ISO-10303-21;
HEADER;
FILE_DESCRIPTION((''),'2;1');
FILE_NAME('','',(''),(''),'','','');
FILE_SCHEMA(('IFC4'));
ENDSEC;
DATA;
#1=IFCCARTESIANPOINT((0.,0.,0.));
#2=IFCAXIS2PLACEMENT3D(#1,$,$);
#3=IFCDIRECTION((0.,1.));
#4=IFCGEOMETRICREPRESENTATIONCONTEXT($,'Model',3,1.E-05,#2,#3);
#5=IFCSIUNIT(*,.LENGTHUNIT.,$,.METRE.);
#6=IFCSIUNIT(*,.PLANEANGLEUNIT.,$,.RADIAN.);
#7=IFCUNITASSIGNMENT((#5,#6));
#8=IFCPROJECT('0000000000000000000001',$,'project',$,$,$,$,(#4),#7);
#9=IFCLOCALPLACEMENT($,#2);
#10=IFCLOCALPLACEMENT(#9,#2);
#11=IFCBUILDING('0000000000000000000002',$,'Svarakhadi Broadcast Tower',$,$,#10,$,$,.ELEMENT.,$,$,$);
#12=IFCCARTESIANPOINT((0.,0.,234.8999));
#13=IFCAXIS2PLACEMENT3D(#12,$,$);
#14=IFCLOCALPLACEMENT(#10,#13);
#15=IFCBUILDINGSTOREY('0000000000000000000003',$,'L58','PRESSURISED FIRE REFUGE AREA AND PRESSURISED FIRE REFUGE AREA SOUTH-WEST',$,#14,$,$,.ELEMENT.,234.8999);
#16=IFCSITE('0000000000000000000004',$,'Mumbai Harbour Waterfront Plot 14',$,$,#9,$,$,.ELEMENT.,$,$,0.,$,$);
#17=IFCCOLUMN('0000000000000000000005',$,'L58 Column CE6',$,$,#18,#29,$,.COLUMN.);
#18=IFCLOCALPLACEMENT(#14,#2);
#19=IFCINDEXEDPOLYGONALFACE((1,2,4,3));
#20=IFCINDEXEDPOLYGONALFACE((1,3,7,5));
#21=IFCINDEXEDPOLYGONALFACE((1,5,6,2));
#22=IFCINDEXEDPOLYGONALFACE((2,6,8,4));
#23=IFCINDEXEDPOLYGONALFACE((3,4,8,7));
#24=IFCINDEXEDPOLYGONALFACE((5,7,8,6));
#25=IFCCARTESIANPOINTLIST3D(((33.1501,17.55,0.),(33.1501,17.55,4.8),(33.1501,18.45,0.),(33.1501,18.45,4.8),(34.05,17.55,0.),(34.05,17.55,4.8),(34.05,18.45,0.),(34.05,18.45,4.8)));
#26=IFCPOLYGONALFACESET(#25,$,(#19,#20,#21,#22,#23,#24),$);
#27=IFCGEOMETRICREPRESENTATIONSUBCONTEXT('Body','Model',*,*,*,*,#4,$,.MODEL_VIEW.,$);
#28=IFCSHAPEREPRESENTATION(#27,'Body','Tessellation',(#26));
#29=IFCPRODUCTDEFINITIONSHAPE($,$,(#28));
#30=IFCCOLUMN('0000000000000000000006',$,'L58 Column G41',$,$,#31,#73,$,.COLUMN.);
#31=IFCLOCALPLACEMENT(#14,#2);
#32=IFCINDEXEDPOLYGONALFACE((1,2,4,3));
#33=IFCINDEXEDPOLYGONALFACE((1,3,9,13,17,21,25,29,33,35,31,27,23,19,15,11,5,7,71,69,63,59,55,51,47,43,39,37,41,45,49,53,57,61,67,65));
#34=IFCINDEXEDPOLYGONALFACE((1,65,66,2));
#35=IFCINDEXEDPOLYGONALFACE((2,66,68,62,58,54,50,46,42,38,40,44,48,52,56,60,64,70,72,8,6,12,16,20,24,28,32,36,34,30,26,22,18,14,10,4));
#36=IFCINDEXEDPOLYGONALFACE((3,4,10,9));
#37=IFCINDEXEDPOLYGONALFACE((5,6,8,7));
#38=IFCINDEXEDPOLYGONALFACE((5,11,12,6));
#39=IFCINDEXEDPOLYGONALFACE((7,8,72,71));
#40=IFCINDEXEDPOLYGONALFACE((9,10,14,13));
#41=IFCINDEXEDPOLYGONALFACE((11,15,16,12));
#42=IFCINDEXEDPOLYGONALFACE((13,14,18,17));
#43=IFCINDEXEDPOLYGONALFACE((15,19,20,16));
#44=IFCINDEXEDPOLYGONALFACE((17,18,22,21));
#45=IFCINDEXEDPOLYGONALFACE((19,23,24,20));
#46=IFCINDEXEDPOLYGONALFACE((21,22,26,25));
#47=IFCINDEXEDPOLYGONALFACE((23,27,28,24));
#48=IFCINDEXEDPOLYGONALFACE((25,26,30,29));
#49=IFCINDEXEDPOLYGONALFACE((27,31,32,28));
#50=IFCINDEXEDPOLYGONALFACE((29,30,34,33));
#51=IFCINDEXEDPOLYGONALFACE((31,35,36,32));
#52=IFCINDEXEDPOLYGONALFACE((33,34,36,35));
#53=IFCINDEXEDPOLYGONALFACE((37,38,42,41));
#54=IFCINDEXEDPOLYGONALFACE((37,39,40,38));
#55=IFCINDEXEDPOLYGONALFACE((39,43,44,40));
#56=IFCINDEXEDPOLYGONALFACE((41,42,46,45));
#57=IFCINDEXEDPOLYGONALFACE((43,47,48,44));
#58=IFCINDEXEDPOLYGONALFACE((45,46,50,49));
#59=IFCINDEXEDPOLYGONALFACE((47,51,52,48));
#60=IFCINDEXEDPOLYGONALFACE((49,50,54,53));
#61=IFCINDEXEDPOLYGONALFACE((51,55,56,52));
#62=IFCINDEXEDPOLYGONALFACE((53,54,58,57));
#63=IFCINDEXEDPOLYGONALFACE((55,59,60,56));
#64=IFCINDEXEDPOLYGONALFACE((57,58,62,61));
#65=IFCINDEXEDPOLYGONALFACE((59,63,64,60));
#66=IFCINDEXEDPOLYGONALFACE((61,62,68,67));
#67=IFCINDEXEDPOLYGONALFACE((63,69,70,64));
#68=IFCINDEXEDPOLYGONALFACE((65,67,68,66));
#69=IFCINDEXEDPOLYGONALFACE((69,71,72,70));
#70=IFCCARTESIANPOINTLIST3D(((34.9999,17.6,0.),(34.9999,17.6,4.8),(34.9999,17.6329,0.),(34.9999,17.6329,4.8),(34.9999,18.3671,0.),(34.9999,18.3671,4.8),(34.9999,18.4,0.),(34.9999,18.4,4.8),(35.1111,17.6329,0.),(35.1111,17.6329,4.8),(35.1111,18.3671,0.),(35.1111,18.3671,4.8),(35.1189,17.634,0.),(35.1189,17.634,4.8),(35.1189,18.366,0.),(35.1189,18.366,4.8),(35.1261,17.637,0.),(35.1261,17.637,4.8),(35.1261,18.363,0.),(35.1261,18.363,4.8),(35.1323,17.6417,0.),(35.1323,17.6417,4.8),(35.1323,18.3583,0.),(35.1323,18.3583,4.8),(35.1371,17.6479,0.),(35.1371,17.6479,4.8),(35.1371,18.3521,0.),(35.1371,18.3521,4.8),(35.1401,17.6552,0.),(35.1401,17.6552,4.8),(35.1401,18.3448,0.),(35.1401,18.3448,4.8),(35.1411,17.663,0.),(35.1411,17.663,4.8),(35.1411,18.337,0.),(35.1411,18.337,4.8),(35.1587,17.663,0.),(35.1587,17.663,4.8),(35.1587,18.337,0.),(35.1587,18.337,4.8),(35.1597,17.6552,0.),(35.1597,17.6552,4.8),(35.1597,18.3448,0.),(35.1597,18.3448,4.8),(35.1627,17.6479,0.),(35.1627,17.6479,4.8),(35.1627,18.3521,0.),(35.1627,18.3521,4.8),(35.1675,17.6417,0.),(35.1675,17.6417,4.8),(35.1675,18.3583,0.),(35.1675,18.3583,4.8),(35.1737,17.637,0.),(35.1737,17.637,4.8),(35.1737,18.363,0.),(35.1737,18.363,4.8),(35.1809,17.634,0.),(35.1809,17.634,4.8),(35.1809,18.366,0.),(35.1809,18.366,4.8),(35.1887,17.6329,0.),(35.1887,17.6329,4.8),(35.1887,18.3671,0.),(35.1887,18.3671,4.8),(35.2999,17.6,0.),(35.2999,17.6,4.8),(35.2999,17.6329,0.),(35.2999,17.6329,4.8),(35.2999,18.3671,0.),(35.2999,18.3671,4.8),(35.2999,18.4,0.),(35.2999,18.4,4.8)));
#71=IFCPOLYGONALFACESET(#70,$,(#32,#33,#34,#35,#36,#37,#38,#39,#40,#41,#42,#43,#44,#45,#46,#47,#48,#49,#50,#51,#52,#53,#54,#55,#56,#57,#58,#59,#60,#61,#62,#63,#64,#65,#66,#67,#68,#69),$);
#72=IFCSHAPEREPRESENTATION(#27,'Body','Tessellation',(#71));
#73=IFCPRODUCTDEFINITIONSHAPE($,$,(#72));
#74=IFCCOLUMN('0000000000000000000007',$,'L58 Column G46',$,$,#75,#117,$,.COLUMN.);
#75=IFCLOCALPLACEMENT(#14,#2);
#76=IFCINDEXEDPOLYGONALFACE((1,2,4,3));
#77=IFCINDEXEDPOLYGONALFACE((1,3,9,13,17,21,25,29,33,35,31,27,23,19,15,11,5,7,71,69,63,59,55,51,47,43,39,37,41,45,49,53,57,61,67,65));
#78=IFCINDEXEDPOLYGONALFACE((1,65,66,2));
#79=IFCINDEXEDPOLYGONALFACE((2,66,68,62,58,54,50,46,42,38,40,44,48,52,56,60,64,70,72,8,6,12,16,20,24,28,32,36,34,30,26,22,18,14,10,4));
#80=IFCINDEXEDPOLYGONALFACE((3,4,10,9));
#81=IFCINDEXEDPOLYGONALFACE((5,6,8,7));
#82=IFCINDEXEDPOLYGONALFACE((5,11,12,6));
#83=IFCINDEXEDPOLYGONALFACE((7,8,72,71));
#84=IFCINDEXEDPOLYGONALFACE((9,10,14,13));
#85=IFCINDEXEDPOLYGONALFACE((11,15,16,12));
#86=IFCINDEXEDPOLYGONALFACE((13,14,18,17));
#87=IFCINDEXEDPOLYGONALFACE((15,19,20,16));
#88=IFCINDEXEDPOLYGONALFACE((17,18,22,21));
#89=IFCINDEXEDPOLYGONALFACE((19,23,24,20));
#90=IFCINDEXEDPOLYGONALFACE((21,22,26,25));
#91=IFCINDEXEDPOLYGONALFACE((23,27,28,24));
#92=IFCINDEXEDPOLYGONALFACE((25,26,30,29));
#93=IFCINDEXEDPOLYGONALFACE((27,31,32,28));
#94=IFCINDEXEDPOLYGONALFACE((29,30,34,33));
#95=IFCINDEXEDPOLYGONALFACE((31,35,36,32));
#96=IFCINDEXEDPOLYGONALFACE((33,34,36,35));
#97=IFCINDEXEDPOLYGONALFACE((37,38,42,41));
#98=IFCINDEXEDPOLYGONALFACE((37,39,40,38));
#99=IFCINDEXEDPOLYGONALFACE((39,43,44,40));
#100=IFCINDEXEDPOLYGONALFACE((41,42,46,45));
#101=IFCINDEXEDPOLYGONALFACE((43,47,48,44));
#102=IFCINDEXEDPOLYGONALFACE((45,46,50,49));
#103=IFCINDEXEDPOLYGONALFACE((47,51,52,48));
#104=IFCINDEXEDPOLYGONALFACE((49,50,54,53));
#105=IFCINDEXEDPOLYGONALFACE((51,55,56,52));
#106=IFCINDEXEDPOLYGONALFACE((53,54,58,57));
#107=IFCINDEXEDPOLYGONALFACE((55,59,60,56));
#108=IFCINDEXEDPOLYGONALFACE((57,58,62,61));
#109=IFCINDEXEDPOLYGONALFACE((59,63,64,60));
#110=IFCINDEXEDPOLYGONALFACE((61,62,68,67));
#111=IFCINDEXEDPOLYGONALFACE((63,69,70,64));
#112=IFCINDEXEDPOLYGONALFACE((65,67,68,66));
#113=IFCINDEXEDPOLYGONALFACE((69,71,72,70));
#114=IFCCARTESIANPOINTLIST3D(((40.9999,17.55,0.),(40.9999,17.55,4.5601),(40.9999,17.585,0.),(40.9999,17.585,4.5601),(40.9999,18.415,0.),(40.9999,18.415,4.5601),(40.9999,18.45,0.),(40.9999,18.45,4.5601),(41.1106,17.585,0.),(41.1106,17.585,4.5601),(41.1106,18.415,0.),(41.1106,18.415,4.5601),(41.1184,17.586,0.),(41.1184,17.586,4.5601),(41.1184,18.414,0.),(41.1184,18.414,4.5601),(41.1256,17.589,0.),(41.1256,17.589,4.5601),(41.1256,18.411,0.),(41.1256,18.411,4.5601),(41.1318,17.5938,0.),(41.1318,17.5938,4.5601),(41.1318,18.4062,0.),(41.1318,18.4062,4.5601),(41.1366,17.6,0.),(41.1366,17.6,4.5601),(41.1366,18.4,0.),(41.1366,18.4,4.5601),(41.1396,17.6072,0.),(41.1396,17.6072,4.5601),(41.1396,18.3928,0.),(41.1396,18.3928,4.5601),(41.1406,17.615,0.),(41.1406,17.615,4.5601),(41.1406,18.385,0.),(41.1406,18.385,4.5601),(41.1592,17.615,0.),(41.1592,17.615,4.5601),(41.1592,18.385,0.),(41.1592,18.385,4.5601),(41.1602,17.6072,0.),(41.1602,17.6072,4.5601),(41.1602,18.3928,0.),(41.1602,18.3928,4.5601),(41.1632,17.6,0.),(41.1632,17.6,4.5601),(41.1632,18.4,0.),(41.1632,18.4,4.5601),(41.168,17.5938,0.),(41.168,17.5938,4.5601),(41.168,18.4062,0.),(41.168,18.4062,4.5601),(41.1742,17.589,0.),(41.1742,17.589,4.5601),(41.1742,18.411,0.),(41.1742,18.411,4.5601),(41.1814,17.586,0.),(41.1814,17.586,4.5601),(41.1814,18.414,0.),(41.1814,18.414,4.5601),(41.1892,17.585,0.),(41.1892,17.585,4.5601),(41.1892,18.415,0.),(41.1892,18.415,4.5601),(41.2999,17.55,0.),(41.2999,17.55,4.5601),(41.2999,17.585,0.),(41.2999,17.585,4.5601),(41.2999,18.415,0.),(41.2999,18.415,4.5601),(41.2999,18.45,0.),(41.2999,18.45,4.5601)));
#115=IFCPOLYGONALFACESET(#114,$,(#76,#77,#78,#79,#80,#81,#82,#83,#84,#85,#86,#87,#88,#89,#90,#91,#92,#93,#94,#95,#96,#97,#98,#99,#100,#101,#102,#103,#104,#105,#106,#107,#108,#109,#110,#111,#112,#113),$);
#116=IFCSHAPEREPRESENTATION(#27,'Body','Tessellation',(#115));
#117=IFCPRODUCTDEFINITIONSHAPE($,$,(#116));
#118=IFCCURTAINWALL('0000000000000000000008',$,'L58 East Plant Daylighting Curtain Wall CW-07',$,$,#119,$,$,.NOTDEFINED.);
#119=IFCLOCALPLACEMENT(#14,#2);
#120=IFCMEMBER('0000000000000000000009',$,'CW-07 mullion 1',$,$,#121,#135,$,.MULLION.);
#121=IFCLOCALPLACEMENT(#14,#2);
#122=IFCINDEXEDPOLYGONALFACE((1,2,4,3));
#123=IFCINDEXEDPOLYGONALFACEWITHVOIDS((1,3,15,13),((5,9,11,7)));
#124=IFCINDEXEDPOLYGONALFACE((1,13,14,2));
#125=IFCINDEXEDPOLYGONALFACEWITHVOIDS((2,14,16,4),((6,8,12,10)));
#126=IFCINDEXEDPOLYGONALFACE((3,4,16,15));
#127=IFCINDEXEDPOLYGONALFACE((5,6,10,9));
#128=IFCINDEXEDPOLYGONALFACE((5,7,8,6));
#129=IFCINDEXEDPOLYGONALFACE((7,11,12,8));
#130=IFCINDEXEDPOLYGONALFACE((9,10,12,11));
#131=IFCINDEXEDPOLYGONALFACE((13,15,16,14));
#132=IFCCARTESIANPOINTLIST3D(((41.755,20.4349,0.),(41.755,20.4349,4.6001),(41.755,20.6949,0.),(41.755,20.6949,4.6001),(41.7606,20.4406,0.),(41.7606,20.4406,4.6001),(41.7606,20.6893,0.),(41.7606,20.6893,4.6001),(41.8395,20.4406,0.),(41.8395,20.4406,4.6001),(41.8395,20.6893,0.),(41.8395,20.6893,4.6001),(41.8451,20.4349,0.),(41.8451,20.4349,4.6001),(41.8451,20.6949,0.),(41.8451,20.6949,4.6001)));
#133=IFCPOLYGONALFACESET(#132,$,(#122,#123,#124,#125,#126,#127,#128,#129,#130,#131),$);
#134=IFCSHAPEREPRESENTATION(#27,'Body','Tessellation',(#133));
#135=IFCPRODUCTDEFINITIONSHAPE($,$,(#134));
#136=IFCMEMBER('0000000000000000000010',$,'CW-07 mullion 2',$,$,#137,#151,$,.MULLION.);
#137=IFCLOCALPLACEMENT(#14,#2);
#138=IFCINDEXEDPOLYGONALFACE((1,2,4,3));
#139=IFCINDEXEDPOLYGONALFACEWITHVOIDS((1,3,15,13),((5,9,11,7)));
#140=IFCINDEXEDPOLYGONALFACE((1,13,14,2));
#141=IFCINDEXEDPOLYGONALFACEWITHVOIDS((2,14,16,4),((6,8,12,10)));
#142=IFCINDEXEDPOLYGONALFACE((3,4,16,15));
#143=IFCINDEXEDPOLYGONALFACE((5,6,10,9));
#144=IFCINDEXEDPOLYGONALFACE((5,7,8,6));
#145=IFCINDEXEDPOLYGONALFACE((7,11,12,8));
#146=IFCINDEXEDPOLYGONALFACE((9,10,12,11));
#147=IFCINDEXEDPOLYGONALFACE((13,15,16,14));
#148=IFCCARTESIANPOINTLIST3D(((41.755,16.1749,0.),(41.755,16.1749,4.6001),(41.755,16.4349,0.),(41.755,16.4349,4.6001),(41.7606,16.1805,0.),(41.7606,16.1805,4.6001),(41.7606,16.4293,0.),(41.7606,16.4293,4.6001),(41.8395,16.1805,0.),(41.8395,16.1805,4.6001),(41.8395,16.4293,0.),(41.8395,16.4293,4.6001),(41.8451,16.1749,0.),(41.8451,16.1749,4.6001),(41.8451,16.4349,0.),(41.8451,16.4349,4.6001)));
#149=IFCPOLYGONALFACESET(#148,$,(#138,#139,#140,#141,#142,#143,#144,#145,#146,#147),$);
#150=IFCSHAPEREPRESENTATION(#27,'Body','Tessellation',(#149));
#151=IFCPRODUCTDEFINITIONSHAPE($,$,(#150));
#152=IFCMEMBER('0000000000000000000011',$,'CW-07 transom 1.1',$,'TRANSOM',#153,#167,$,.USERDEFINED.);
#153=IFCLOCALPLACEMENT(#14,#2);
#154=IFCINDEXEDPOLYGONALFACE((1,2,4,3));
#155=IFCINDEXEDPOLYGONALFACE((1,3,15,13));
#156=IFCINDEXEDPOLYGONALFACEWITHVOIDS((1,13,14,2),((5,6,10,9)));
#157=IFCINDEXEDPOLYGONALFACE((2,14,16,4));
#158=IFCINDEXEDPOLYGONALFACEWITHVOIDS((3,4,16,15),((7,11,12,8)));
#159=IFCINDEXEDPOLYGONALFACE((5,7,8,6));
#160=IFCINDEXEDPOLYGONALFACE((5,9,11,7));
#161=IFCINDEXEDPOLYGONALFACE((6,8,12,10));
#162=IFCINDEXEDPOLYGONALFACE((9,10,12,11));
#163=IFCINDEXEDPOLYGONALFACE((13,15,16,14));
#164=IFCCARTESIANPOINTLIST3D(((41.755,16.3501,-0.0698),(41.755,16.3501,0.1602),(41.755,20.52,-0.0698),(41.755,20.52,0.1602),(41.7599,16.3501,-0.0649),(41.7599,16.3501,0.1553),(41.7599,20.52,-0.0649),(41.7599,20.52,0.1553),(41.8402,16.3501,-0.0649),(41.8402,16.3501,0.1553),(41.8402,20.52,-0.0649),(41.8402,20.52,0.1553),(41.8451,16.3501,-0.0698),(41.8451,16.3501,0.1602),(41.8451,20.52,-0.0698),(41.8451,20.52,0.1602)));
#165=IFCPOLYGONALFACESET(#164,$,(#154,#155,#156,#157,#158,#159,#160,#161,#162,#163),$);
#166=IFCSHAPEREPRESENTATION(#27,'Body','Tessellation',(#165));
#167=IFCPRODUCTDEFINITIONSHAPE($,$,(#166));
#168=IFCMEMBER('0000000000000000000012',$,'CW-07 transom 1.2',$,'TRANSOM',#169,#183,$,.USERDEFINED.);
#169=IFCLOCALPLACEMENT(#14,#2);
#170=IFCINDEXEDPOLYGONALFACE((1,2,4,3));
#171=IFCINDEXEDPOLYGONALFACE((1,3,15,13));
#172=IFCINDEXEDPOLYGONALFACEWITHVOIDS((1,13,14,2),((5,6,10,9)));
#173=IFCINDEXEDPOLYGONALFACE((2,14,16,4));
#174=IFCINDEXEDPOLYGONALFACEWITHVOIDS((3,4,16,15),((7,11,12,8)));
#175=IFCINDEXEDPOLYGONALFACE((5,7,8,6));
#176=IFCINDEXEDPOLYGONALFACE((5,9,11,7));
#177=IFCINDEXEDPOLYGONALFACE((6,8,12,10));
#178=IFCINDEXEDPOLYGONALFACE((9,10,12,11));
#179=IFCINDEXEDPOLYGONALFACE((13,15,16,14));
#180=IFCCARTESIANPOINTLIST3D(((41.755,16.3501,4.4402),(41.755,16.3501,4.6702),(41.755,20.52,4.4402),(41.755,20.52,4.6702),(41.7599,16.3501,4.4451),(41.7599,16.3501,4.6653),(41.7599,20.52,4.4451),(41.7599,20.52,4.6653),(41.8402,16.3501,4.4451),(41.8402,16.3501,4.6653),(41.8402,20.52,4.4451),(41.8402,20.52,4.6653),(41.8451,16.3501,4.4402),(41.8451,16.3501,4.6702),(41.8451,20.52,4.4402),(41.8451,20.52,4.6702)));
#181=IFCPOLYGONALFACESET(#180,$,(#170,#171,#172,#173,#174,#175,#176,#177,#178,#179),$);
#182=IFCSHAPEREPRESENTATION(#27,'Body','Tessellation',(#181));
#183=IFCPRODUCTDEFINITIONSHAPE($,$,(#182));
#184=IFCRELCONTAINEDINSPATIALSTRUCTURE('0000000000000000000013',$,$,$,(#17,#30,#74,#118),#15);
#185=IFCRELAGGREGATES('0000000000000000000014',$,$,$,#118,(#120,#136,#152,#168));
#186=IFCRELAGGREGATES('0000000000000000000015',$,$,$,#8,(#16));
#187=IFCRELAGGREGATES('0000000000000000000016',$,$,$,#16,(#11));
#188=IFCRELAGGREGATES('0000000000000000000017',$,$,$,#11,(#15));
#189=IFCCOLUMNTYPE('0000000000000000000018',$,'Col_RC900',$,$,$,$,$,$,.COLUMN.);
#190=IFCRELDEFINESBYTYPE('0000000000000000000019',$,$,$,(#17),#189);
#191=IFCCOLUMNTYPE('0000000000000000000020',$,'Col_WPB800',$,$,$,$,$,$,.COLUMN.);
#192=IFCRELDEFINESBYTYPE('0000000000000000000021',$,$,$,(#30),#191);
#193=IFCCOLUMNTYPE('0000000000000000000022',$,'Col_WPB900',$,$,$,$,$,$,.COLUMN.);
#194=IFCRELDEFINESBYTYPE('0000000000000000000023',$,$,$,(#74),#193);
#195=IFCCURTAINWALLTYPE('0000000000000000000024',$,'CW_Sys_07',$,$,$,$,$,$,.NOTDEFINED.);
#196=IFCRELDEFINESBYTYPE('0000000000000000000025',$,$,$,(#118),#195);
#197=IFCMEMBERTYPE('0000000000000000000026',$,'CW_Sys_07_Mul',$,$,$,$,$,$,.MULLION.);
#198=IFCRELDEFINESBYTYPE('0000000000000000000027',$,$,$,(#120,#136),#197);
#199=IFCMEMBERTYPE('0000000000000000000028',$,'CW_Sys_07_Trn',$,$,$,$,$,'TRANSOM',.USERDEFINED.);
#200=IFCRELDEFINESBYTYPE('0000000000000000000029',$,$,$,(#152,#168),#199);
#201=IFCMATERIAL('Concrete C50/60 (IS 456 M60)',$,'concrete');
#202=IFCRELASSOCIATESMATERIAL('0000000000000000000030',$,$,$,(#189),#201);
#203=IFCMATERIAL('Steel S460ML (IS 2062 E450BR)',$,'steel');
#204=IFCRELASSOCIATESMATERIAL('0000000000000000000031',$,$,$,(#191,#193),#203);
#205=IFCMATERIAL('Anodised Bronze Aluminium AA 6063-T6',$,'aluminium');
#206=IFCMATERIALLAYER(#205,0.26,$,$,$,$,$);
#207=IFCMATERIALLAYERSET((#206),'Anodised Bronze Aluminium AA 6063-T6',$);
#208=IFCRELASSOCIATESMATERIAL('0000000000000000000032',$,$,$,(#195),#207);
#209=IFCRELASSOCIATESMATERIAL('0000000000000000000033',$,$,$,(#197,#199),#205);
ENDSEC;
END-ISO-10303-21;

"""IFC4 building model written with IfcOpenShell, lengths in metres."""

from ifc_helpers import new_model, si_unit, direction, frame, origin, origin_2d, place, context, subcontext, project, spatial, rectangle, hollow_rectangle, i_section, extrude, material, layer, layer_set, material_profile, profile_set, type_object, element, aggregate, save


model = new_model("IFC4")

# Units and contexts
model_context = context("Model", 3, precision=1e-05, world=origin(), true_north=direction((0.0, 1.0)))
body_context = subcontext(model_context, "Body", "Model", "MODEL_VIEW")
ifc_project = project(units=[si_unit("LENGTHUNIT", "METRE"), si_unit("PLANEANGLEUNIT", "RADIAN")], contexts=[model_context])

# Site, building, storey
site_placement = place(None, origin())
site = spatial("IfcSite", under=ifc_project, at=site_placement, Name="Mumbai Harbour Waterfront Plot 14", CompositionType="ELEMENT", RefElevation=0.0)
building_placement = place(site_placement, origin())
building = spatial("IfcBuilding", under=site, at=building_placement, Name="Svarakhadi Broadcast Tower", CompositionType="ELEMENT")
storey_placement = place(building_placement, frame((0.0, 0.0, 234.8999)))
storey = spatial("IfcBuildingStorey", under=building, at=storey_placement, Name="L58", Description="PRESSURISED FIRE REFUGE AREA AND PRESSURISED FIRE REFUGE AREA SOUTH-WEST", CompositionType="ELEMENT", Elevation=234.8999)

# Columns
ifc_material_1 = material(Name="Concrete C50/60 (IS 456 M60)", Category="concrete")
ifc_material_profile_1 = material_profile(ifc_material_1, rectangle(XDim=0.8999, YDim=0.8999, at=origin_2d()), Name="RC 900x900")
ifc_profile_set_1 = profile_set([ifc_material_profile_1], Name="Concrete C50/60 (IS 456 M60)")
column_type_1 = type_object("IfcColumnType", Name="Col_RC900", PredefinedType="COLUMN", material=ifc_profile_set_1)
column_1_placement = place(storey_placement, frame((33.6001, 18.0, 0.0), z_axis=(0.0, 0.0, 1.0), x_axis=(1.0, 0.0, 0.0)))
element("IfcColumn", 1, at=column_1_placement, inside=storey, type_object=column_type_1, Name="L58 Column CE6", PredefinedType="COLUMN", context=body_context, shape_type="SweptSolid", body=[
    extrude(rectangle(XDim=0.8999, YDim=0.8999, at=origin_2d()), origin(), (0.0, 0.0, 1.0), 4.8),
])
ifc_material_2 = material(Name="Steel S460ML (IS 2062 E450BR)", Category="steel")
ifc_material_profile_2 = material_profile(ifc_material_2, i_section(OverallWidth=0.3, OverallDepth=0.8, WebThickness=0.0176, FlangeThickness=0.033, FilletRadius=0.03, at=origin_2d()), Name="WPB 800x300x262")
ifc_profile_set_2 = profile_set([ifc_material_profile_2], Name="Steel S460ML (IS 2062 E450BR)")
column_type_2 = type_object("IfcColumnType", Name="Col_WPB800", PredefinedType="COLUMN", material=ifc_profile_set_2)
column_2_placement = place(storey_placement, frame((35.1499, 18.0, 0.0), z_axis=(0.0, 0.0, 1.0), x_axis=(1.0, 0.0, 0.0)))
element("IfcColumn", 2, at=column_2_placement, inside=storey, type_object=column_type_2, Name="L58 Column G41", PredefinedType="COLUMN", context=body_context, shape_type="SweptSolid", body=[
    extrude(i_section(OverallWidth=0.3, OverallDepth=0.8, WebThickness=0.0176, FlangeThickness=0.033, FilletRadius=0.03, at=origin_2d()), origin(), (0.0, 0.0, 1.0), 4.8),
])
ifc_material_profile_3 = material_profile(ifc_material_2, i_section(OverallWidth=0.3, OverallDepth=0.8999, WebThickness=0.0186, FlangeThickness=0.0349, FilletRadius=0.03, at=origin_2d()), Name="WPB 900x300x291")
ifc_profile_set_3 = profile_set([ifc_material_profile_3], Name="Steel S460ML (IS 2062 E450BR)")
column_type_3 = type_object("IfcColumnType", Name="Col_WPB900", PredefinedType="COLUMN", material=ifc_profile_set_3)
column_3_placement = place(storey_placement, frame((41.1499, 18.0, 0.0), z_axis=(0.0, 0.0, 1.0), x_axis=(1.0, 0.0, 0.0)))
element("IfcColumn", 3, at=column_3_placement, inside=storey, type_object=column_type_3, Name="L58 Column G46", PredefinedType="COLUMN", context=body_context, shape_type="SweptSolid", body=[
    extrude(i_section(OverallWidth=0.3, OverallDepth=0.8999, WebThickness=0.0186, FlangeThickness=0.0349, FilletRadius=0.03, at=origin_2d()), origin(), (0.0, 0.0, 1.0), 4.5601),
])

# Curtain wall, members
ifc_material_3 = material(Name="Anodised Bronze Aluminium AA 6063-T6", Category="aluminium")
ifc_layer_1 = layer(ifc_material_3, 0.26)
ifc_layer_set_1 = layer_set([ifc_layer_1], Name="Anodised Bronze Aluminium AA 6063-T6")
curtain_wall_type = type_object("IfcCurtainWallType", Name="CW_Sys_07", PredefinedType="NOTDEFINED", material=ifc_layer_set_1)
curtain_wall_placement = place(storey_placement, origin())
curtain_wall = element("IfcCurtainWall", 4, at=curtain_wall_placement, inside=storey, type_object=curtain_wall_type, Name="L58 East Plant Daylighting Curtain Wall CW-07", PredefinedType="NOTDEFINED")
ifc_material_profile_4 = material_profile(ifc_material_3, hollow_rectangle(XDim=0.0901, YDim=0.26, WallThickness=0.0056, at=origin_2d()), Name="ALU MULLION 260x90x6")
ifc_profile_set_4 = profile_set([ifc_material_profile_4], Name="Anodised Bronze Aluminium AA 6063-T6")
member_type_1 = type_object("IfcMemberType", Name="CW_Sys_07_Mul", PredefinedType="MULLION", material=ifc_profile_set_4)
member_1_placement = place(storey_placement, frame((41.8, 20.5649, 0.0), z_axis=(0.0, 0.0, 1.0), x_axis=(1.0, 0.0, 0.0)))
member_1 = element("IfcMember", 5, at=member_1_placement, type_object=member_type_1, Name="CW-07 mullion 1", PredefinedType="MULLION", context=body_context, shape_type="SweptSolid", body=[
    extrude(hollow_rectangle(XDim=0.0901, YDim=0.26, WallThickness=0.0056, at=origin_2d()), origin(), (0.0, 0.0, 1.0), 4.6001),
])
member_2_placement = place(storey_placement, frame((41.8, 16.3049, 0.0), z_axis=(0.0, 0.0, 1.0), x_axis=(1.0, 0.0, 0.0)))
member_2 = element("IfcMember", 6, at=member_2_placement, type_object=member_type_1, Name="CW-07 mullion 2", PredefinedType="MULLION", context=body_context, shape_type="SweptSolid", body=[
    extrude(hollow_rectangle(XDim=0.0901, YDim=0.26, WallThickness=0.0056, at=origin_2d()), origin(), (0.0, 0.0, 1.0), 4.6001),
])
ifc_material_profile_5 = material_profile(ifc_material_3, hollow_rectangle(XDim=0.0901, YDim=0.23, WallThickness=0.0049, at=origin_2d()), Name="ALU TRANSOM 230x90x5")
ifc_profile_set_5 = profile_set([ifc_material_profile_5], Name="Anodised Bronze Aluminium AA 6063-T6")
member_type_2 = type_object("IfcMemberType", Name="CW_Sys_07_Trn", ElementType="TRANSOM", PredefinedType="USERDEFINED", material=ifc_profile_set_5)
member_3_placement = place(storey_placement, frame((41.8, 20.52, 0.0452), z_axis=(0.0, -1.0, 0.0), x_axis=(1.0, 0.0, 0.0)))
member_3 = element("IfcMember", 7, at=member_3_placement, type_object=member_type_2, Name="CW-07 transom 1.1", ObjectType="TRANSOM", PredefinedType="USERDEFINED", context=body_context, shape_type="SweptSolid", body=[
    extrude(hollow_rectangle(XDim=0.0901, YDim=0.23, WallThickness=0.0049, at=origin_2d()), origin(), (0.0, 0.0, 1.0), 4.1699),
])
member_4_placement = place(storey_placement, frame((41.8, 20.52, 4.5552), z_axis=(0.0, -1.0, 0.0), x_axis=(1.0, 0.0, 0.0)))
member_4 = element("IfcMember", 8, at=member_4_placement, type_object=member_type_2, Name="CW-07 transom 1.2", ObjectType="TRANSOM", PredefinedType="USERDEFINED", context=body_context, shape_type="SweptSolid", body=[
    extrude(hollow_rectangle(XDim=0.0901, YDim=0.23, WallThickness=0.0049, at=origin_2d()), origin(), (0.0, 0.0, 1.0), 4.1699),
])

aggregate(curtain_wall, [member_1, member_2, member_3, member_4])

save(model, "model.ifc")
